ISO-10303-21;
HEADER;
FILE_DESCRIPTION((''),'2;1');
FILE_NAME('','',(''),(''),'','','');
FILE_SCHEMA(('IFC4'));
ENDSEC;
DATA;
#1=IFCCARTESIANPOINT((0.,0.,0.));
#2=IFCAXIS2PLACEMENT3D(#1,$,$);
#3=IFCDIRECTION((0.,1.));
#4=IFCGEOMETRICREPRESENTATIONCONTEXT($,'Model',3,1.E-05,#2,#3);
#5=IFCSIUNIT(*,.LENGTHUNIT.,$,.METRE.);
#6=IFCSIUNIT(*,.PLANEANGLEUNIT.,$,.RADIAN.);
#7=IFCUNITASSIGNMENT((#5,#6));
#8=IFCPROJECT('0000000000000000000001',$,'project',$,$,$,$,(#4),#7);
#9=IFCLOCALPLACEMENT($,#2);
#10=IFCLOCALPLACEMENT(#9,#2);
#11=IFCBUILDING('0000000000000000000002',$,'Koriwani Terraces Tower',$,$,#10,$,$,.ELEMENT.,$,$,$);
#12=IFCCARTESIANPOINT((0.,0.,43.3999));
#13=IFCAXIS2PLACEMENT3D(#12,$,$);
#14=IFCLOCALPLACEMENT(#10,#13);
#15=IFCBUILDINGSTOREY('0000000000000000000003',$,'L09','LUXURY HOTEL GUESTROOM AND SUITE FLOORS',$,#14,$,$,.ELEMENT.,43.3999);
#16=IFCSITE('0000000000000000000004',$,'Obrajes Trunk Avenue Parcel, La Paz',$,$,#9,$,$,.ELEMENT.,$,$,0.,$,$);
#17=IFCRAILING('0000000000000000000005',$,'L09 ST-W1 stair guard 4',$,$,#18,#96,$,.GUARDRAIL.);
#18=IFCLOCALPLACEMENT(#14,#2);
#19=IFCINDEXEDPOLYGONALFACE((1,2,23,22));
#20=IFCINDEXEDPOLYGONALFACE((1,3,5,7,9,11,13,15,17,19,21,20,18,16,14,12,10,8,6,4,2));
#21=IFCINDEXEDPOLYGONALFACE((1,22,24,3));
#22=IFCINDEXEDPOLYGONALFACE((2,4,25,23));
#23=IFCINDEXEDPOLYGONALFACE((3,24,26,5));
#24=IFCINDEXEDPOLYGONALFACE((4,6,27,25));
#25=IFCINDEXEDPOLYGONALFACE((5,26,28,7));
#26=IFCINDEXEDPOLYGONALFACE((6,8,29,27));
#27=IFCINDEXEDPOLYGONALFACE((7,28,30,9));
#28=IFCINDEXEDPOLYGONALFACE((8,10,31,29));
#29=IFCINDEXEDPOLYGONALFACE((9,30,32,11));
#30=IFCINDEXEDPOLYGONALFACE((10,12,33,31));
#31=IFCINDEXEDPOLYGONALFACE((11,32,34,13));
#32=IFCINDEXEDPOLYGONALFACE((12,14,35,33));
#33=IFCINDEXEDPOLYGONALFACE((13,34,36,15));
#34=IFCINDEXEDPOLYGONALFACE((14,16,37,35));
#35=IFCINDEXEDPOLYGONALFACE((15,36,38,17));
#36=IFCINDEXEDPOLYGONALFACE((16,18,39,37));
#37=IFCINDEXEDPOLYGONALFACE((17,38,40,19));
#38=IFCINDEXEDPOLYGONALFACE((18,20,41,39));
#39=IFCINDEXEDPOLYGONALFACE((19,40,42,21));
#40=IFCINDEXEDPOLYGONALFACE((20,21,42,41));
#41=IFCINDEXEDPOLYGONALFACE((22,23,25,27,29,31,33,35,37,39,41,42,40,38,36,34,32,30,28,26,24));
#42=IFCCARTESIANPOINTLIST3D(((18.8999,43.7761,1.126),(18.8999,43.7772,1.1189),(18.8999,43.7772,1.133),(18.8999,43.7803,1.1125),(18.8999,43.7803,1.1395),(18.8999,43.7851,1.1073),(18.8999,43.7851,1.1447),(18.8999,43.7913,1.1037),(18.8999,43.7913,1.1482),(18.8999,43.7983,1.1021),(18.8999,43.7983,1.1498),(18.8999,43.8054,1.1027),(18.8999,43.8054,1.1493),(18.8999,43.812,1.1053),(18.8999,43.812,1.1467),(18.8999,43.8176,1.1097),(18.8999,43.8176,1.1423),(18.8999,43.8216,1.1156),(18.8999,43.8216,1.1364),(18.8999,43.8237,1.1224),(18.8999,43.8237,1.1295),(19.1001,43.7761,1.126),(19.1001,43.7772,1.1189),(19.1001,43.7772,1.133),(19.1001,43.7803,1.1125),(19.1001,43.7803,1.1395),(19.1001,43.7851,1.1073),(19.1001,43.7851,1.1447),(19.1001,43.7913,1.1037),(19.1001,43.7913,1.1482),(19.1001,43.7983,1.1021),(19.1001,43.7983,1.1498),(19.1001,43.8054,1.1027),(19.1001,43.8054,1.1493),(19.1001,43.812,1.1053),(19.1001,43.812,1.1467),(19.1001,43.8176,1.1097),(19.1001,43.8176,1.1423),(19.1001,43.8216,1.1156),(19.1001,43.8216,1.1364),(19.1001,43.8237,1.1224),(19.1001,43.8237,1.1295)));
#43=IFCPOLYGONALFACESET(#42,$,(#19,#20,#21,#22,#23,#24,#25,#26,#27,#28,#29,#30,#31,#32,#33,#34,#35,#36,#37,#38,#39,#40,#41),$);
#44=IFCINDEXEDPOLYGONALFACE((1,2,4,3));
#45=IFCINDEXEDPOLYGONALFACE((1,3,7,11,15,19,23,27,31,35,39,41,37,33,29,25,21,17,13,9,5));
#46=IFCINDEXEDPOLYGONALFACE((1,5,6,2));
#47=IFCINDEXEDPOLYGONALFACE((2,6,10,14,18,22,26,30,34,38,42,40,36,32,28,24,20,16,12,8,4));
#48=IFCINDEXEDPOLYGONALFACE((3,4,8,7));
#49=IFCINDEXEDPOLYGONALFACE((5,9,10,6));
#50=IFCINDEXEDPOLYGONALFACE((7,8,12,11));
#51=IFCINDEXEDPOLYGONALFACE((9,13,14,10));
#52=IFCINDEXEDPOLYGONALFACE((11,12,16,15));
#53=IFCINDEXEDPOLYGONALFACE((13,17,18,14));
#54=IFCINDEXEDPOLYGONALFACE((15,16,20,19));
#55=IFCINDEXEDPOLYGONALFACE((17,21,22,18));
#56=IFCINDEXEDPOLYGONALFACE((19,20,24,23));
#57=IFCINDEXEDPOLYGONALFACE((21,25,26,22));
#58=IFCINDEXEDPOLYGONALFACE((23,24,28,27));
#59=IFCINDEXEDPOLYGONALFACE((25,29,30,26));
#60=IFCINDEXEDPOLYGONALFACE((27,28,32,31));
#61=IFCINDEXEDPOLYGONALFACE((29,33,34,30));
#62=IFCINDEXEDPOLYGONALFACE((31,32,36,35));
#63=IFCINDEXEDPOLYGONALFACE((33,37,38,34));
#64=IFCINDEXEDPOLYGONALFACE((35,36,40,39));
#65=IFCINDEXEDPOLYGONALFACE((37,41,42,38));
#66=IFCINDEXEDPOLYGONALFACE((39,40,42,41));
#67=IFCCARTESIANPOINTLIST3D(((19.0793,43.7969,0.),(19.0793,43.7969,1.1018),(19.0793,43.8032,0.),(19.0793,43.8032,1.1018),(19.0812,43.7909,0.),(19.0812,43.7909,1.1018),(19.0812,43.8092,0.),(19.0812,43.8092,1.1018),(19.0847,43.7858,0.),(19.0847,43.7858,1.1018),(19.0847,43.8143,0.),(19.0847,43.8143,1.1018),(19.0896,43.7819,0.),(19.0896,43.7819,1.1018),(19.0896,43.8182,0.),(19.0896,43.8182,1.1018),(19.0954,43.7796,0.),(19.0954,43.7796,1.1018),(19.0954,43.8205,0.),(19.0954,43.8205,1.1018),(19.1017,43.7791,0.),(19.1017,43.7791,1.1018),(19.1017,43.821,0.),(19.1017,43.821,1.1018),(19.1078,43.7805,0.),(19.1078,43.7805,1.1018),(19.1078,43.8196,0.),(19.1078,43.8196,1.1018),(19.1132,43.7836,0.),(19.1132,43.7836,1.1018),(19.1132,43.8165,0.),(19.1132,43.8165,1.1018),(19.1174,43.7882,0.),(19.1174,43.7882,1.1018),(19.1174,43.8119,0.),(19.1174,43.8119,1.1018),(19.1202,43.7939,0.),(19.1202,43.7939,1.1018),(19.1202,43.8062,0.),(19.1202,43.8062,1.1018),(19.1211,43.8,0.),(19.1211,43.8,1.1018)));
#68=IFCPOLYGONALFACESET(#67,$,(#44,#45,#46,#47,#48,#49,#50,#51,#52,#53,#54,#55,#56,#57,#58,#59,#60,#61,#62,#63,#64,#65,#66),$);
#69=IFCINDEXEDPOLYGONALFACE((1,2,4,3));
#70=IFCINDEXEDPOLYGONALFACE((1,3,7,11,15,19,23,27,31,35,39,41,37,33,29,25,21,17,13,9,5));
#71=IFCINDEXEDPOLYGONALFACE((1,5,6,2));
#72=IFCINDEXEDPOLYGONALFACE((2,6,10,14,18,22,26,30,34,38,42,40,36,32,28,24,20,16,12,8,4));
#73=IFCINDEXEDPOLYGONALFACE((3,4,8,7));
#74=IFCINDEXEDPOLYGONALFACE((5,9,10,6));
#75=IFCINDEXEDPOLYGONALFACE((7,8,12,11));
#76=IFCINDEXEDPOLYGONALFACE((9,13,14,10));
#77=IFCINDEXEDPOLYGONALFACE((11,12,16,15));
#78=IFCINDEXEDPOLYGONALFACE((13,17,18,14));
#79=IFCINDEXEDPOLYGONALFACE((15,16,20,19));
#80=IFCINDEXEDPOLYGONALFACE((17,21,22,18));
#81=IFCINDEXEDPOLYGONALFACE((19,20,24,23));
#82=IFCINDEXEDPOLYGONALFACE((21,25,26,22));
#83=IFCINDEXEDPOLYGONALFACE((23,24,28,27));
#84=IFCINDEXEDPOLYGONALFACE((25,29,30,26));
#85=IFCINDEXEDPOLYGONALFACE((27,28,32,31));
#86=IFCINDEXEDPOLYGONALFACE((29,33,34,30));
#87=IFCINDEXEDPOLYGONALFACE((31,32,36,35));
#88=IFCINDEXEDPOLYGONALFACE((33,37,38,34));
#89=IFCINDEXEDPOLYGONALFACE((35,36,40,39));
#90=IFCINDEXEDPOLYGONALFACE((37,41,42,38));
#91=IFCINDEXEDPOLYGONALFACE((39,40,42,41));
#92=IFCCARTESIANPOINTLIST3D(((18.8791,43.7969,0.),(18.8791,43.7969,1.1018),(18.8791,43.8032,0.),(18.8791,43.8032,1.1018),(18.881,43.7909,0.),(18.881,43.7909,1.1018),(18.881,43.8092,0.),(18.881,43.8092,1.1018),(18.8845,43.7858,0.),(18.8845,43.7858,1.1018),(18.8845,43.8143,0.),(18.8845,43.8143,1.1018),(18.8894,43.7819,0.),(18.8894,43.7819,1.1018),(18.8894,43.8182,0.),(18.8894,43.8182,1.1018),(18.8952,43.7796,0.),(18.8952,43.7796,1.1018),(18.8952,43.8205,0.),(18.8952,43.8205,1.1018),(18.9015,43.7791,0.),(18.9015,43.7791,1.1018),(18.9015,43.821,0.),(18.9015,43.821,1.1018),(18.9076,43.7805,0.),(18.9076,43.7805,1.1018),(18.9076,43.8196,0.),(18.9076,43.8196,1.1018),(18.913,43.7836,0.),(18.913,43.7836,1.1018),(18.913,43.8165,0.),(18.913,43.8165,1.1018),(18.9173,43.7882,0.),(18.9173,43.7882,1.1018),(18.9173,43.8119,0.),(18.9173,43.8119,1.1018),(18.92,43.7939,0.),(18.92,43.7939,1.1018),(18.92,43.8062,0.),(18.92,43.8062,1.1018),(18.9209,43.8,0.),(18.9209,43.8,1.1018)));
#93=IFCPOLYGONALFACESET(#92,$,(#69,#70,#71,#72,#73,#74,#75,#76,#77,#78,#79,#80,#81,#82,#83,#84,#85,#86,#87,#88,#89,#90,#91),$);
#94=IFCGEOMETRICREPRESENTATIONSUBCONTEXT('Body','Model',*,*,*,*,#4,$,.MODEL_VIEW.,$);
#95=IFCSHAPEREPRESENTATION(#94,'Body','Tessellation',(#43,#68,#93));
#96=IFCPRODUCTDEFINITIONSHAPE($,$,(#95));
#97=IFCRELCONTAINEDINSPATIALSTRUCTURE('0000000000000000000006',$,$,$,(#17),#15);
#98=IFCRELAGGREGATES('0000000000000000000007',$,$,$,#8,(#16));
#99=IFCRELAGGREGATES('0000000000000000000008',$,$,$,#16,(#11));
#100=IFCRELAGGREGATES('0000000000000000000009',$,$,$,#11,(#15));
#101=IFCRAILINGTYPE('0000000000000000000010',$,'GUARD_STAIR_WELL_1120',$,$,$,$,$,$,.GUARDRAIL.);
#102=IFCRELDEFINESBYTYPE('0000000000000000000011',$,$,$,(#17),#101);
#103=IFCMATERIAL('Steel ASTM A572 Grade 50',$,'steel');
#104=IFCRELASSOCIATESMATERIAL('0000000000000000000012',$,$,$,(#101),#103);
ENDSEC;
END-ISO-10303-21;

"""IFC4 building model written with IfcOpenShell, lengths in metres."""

from ifc_helpers import new_model, si_unit, direction, frame, origin, origin_2d, place, context, subcontext, project, spatial, circle, extrude, material, type_object, element, save


model = new_model("IFC4")

# Units and contexts
model_context = context("Model", 3, precision=1e-05, world=origin(), true_north=direction((0.0, 1.0)))
body_context = subcontext(model_context, "Body", "Model", "MODEL_VIEW")
ifc_project = project(units=[si_unit("LENGTHUNIT", "METRE"), si_unit("PLANEANGLEUNIT", "RADIAN")], contexts=[model_context])

# Site, building, storey
site_placement = place(None, origin())
site = spatial("IfcSite", under=ifc_project, at=site_placement, Name="Obrajes Trunk Avenue Parcel, La Paz", CompositionType="ELEMENT", RefElevation=0.0)
building_placement = place(site_placement, origin())
building = spatial("IfcBuilding", under=site, at=building_placement, Name="Koriwani Terraces Tower", CompositionType="ELEMENT")
storey_placement = place(building_placement, frame((0.0, 0.0, 43.3999)))
storey = spatial("IfcBuildingStorey", under=building, at=storey_placement, Name="L09", Description="LUXURY HOTEL GUESTROOM AND SUITE FLOORS", CompositionType="ELEMENT", Elevation=43.3999)

# Shared definitions
ifc_material_1 = material(Name="Steel ASTM A572 Grade 50", Category="steel")

# Railing
railing_type_1 = type_object("IfcRailingType", Name="GUARD_STAIR_WELL_1120", PredefinedType="GUARDRAIL", material=ifc_material_1)
railing_1_placement = place(storey_placement, frame((19.1001, 43.8, 0.0)))
element("IfcRailing", 1, at=railing_1_placement, inside=storey, type_object=railing_type_1, Name="L09 ST-W1 stair guard 4", PredefinedType="GUARDRAIL", context=body_context, shape_type="SweptSolid", body=[
    extrude(circle(Radius=0.0239, at=origin_2d()), frame((0.0, 0.0, 1.126), z_axis=(-1.0, 0.0, 0.0), x_axis=(0.0, -1.0, 0.0)), (0.0, 0.0, 1.0), 0.2002),
    extrude(circle(Radius=0.021, at=origin_2d()), origin(), (0.0, 0.0, 1.0), 1.1018),
    extrude(circle(Radius=0.021, at=origin_2d()), frame((-0.2002, 0.0, 0.0)), (0.0, 0.0, 1.0), 1.1018),
])

save(model, "model.ifc")
